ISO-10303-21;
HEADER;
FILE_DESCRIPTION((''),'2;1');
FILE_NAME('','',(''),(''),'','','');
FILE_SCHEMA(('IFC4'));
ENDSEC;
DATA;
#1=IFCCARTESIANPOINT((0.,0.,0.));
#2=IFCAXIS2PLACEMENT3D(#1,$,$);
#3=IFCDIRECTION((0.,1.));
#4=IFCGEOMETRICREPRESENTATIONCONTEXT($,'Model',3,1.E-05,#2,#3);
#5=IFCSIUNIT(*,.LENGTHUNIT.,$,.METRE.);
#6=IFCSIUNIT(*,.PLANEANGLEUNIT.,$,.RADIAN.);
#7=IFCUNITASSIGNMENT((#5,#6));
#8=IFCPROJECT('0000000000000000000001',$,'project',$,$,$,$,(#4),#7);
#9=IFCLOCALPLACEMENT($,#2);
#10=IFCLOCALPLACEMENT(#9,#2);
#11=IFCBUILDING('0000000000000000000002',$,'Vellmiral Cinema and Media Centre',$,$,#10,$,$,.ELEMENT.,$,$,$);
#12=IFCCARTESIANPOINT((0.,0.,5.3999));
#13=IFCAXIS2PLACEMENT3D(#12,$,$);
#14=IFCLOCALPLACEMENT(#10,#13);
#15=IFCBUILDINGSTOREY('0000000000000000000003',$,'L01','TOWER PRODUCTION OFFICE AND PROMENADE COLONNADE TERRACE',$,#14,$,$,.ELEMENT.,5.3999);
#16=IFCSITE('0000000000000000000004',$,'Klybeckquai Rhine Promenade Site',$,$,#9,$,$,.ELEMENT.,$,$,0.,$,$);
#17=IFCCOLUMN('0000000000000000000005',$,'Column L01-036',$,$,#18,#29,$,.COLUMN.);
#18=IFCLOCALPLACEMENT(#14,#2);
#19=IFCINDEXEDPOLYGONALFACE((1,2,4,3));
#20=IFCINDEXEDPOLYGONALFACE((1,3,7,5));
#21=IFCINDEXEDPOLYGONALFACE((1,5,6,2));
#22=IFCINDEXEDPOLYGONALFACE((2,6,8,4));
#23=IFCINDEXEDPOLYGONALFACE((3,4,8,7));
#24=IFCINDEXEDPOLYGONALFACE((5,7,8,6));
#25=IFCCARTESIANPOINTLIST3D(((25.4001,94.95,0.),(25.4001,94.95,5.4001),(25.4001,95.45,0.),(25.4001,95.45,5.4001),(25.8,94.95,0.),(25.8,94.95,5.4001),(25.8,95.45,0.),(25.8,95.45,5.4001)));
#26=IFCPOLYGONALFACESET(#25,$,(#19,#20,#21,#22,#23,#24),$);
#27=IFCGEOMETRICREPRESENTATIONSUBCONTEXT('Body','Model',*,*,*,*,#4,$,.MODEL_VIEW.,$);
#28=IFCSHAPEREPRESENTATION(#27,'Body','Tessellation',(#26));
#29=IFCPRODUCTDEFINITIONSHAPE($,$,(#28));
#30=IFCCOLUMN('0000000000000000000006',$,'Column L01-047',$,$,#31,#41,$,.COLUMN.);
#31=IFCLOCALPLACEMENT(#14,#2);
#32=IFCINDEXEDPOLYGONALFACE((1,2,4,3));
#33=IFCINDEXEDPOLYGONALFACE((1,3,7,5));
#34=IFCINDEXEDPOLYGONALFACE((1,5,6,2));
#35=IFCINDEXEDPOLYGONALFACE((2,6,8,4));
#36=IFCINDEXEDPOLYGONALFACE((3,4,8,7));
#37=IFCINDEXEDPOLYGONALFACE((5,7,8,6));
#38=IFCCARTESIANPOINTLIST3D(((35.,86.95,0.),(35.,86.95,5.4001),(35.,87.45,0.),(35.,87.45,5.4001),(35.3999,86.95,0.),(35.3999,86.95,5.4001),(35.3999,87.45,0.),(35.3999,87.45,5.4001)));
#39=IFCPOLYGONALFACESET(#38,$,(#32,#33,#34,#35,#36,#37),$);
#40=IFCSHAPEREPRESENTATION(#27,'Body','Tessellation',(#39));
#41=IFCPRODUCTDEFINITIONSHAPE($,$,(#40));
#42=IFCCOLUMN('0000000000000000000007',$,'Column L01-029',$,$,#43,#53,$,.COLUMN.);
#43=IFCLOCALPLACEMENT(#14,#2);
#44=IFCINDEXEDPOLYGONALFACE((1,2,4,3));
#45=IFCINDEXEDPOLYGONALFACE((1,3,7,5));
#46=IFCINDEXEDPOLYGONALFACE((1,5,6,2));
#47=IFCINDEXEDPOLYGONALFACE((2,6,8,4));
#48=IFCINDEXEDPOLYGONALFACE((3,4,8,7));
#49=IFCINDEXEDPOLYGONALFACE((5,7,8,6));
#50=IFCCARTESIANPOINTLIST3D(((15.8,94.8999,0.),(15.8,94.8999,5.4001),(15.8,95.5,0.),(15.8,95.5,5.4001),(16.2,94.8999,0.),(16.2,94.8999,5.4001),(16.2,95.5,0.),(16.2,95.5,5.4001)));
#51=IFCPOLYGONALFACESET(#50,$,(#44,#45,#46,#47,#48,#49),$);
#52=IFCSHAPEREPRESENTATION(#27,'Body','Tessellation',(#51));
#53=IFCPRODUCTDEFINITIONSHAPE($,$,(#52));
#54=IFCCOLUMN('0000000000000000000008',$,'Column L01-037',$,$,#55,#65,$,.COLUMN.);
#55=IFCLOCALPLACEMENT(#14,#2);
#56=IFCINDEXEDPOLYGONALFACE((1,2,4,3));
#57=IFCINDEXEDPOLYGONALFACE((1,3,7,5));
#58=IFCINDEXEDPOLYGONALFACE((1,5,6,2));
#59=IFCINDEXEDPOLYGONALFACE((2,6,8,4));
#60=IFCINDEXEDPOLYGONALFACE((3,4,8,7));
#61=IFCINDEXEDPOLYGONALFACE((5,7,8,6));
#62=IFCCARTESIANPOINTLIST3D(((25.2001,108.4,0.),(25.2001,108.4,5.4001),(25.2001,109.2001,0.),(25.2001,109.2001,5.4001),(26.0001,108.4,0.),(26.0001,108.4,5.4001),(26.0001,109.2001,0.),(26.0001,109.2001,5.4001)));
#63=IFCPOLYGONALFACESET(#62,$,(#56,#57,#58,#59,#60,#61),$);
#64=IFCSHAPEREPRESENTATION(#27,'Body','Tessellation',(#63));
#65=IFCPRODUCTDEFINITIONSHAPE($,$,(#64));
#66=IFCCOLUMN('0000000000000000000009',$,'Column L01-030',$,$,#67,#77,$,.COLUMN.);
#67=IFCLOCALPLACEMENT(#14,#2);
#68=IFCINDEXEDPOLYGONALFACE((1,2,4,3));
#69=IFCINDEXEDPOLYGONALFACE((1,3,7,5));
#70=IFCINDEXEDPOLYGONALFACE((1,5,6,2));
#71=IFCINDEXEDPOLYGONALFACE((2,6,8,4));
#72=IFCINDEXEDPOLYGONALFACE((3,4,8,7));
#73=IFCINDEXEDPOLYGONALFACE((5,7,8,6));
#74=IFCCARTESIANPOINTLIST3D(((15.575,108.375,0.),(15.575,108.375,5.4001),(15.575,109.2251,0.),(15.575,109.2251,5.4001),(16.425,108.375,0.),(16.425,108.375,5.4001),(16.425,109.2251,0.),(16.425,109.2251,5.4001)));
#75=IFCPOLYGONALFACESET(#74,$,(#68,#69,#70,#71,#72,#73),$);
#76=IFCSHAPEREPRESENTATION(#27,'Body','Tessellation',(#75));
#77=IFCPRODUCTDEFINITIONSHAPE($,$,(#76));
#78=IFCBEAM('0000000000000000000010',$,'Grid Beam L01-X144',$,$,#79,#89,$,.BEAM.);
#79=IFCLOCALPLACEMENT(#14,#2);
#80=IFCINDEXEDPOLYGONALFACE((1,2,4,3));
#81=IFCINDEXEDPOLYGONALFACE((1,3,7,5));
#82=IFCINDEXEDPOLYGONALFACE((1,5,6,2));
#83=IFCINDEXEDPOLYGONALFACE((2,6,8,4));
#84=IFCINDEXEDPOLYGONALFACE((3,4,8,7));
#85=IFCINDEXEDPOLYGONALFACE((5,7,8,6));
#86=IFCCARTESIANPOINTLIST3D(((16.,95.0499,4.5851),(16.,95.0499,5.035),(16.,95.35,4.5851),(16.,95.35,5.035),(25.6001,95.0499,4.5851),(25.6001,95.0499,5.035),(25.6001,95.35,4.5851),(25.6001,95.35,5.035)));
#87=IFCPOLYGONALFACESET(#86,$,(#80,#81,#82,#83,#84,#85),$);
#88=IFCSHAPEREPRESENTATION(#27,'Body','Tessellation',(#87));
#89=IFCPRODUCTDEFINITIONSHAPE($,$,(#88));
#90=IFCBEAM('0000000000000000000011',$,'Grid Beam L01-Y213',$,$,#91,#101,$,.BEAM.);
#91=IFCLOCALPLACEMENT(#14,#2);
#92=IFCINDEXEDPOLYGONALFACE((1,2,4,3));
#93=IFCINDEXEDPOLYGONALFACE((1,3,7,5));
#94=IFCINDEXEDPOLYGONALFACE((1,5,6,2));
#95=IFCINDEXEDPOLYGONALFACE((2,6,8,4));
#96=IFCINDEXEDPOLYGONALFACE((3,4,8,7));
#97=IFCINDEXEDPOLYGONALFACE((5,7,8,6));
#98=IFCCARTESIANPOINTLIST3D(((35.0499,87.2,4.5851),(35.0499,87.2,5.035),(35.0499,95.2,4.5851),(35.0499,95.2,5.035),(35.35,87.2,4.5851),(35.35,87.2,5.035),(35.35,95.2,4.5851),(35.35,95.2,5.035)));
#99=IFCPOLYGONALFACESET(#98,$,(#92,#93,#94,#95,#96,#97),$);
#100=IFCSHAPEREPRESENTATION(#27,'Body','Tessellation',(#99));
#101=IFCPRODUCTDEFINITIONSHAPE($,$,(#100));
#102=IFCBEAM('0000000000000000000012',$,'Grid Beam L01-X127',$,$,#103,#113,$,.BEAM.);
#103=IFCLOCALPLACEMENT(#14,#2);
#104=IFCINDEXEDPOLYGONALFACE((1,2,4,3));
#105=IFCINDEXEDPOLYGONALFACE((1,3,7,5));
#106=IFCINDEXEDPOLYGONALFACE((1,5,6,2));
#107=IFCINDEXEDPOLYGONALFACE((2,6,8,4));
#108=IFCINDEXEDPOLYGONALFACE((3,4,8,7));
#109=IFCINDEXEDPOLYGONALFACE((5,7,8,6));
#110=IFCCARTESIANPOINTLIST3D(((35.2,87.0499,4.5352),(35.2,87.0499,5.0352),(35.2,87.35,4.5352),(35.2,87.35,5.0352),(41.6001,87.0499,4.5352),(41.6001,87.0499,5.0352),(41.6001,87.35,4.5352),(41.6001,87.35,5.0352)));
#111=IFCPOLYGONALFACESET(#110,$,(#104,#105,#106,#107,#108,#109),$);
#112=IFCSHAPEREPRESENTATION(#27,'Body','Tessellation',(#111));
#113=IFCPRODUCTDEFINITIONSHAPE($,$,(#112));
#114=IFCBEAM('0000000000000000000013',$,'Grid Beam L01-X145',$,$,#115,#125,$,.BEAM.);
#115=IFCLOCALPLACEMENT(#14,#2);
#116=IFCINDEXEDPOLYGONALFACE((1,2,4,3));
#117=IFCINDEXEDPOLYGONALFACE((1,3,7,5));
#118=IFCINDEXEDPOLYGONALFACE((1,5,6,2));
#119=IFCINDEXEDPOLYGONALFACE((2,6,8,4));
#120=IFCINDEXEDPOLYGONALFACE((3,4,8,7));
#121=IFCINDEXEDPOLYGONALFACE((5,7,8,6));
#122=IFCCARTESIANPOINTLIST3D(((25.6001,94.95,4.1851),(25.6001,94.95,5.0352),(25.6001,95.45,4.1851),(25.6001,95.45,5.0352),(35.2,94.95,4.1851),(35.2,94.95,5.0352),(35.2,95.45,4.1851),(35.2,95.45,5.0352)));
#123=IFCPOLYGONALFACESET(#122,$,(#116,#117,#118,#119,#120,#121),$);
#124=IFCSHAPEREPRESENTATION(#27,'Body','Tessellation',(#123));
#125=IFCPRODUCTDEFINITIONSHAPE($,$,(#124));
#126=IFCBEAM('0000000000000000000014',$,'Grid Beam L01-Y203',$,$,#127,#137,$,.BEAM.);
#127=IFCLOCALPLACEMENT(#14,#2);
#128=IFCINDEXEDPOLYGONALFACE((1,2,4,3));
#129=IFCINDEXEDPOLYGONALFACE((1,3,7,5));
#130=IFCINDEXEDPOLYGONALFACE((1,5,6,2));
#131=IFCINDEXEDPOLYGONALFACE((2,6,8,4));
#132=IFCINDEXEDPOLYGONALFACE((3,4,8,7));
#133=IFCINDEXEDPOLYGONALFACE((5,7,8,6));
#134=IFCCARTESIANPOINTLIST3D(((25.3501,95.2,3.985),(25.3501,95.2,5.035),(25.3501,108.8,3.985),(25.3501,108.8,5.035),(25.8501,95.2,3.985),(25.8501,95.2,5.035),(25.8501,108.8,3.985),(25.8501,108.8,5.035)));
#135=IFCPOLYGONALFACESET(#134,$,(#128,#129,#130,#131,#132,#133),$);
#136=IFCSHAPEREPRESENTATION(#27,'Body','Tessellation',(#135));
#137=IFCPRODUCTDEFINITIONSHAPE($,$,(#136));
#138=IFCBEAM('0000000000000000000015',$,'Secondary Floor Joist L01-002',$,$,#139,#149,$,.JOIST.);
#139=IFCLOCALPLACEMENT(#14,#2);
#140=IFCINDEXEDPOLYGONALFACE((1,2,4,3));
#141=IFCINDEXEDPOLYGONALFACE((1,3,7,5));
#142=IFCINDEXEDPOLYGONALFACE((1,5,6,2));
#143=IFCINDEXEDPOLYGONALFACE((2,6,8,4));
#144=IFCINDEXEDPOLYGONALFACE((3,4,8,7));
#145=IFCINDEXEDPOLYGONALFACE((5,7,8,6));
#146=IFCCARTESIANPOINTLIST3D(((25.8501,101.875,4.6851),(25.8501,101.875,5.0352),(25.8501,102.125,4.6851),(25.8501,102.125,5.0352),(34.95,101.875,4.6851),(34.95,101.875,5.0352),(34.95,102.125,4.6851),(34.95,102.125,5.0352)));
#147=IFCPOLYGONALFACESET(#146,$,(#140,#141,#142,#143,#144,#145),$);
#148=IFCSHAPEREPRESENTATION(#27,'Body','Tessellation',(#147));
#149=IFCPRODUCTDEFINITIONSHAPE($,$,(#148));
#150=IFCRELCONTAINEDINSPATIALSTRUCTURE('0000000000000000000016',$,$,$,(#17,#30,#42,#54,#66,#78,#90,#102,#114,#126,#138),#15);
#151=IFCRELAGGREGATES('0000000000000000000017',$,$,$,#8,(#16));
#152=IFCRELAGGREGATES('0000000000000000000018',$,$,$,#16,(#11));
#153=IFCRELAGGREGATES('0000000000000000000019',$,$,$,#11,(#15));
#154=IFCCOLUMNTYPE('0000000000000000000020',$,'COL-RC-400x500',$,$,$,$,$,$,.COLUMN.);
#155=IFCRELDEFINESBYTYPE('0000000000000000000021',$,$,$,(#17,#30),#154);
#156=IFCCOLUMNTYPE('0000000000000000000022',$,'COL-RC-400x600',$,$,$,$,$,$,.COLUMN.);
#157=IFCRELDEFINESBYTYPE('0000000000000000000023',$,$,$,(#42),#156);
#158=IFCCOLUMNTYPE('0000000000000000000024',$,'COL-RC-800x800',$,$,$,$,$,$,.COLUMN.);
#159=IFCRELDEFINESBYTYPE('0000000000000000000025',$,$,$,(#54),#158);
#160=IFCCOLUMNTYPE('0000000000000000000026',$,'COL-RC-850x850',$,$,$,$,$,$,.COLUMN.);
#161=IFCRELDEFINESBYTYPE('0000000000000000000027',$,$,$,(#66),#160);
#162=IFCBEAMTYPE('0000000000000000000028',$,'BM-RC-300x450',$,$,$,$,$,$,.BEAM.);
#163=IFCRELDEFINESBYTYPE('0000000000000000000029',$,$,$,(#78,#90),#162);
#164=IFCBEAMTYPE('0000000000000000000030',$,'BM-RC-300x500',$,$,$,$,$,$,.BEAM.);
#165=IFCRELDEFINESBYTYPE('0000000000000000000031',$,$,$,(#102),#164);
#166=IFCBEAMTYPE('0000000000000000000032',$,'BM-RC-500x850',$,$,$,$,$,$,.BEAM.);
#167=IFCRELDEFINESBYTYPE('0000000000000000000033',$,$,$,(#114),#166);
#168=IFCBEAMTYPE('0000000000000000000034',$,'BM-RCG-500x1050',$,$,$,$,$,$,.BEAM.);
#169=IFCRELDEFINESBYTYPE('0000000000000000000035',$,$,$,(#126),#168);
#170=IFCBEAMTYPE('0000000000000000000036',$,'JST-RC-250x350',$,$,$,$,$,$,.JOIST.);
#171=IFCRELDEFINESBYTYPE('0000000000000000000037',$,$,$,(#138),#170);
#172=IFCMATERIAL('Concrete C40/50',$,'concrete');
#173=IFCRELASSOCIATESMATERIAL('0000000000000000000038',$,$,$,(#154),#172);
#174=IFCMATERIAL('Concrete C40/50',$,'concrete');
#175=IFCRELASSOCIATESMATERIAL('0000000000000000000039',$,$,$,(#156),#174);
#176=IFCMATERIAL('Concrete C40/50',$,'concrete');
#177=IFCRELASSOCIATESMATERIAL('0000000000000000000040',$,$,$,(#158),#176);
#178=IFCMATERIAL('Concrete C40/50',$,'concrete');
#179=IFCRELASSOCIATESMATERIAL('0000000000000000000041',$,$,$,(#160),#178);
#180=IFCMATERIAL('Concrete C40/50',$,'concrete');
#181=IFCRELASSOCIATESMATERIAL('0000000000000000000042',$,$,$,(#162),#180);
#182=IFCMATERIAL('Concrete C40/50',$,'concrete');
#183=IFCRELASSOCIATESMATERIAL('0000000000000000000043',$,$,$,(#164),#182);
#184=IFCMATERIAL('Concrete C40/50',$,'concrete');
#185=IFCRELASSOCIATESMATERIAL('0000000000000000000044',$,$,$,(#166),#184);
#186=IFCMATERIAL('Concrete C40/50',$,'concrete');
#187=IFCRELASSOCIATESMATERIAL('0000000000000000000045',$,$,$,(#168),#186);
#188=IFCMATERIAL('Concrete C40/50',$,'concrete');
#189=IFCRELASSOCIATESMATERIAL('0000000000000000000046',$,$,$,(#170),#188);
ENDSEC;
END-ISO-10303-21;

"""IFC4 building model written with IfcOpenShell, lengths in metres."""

from ifc_helpers import new_model, si_unit, direction, frame, origin, origin_2d, place, context, subcontext, project, spatial, rectangle, extrude, material, material_profile, profile_set, type_object, element, save


model = new_model("IFC4")

# Units and contexts
model_context = context("Model", 3, precision=1e-05, world=origin(), true_north=direction((0.0, 1.0)))
body_context = subcontext(model_context, "Body", "Model", "MODEL_VIEW")
ifc_project = project(units=[si_unit("LENGTHUNIT", "METRE"), si_unit("PLANEANGLEUNIT", "RADIAN")], contexts=[model_context])

# Site, building, storey
site_placement = place(None, origin())
site = spatial("IfcSite", under=ifc_project, at=site_placement, Name="Klybeckquai Rhine Promenade Site", CompositionType="ELEMENT", RefElevation=0.0)
building_placement = place(site_placement, origin())
building = spatial("IfcBuilding", under=site, at=building_placement, Name="Vellmiral Cinema and Media Centre", CompositionType="ELEMENT")
storey_placement = place(building_placement, frame((0.0, 0.0, 5.3999)))
storey = spatial("IfcBuildingStorey", under=building, at=storey_placement, Name="L01", Description="TOWER PRODUCTION OFFICE AND PROMENADE COLONNADE TERRACE", CompositionType="ELEMENT", Elevation=5.3999)

# Columns
ifc_material_1 = material(Name="Concrete C40/50", Category="concrete")
ifc_material_profile_1 = material_profile(ifc_material_1, rectangle(XDim=0.3999, YDim=0.5, at=origin_2d()), Name="RC 400x500")
ifc_profile_set_1 = profile_set([ifc_material_profile_1], Name="Concrete C40/50")
column_type_1 = type_object("IfcColumnType", Name="COL-RC-400x500", PredefinedType="COLUMN", material=ifc_profile_set_1)
for number, where, z_axis, x_axis, name in (
    (1, (25.6001, 95.2, 0.0), (0.0, 0.0, 1.0), (1.0, 0.0, 0.0), "Column L01-036"),
    (2, (35.2, 87.2, 0.0), (0.0, 0.0, 1.0), (1.0, 0.0, 0.0), "Column L01-047"),
):
    element("IfcColumn", number, at=place(storey_placement, frame(where, z_axis=z_axis, x_axis=x_axis)), inside=storey, type_object=column_type_1, Name=name, PredefinedType="COLUMN", context=body_context, shape_type="SweptSolid", body=[
        extrude(rectangle(XDim=0.3999, YDim=0.5, at=origin_2d()), origin(), (0.0, 0.0, 1.0), 5.4001),
    ])
ifc_material_2 = material(Name="Concrete C40/50", Category="concrete")
ifc_material_profile_2 = material_profile(ifc_material_2, rectangle(XDim=0.3999, YDim=0.6001, at=origin_2d()), Name="RC 400x600")
ifc_profile_set_2 = profile_set([ifc_material_profile_2], Name="Concrete C40/50")
column_type_2 = type_object("IfcColumnType", Name="COL-RC-400x600", PredefinedType="COLUMN", material=ifc_profile_set_2)
column_1_placement = place(storey_placement, frame((16.0, 95.2, 0.0), z_axis=(0.0, 0.0, 1.0), x_axis=(1.0, 0.0, 0.0)))
element("IfcColumn", 3, at=column_1_placement, inside=storey, type_object=column_type_2, Name="Column L01-029", PredefinedType="COLUMN", context=body_context, shape_type="SweptSolid", body=[
    extrude(rectangle(XDim=0.3999, YDim=0.6001, at=origin_2d()), origin(), (0.0, 0.0, 1.0), 5.4001),
])
ifc_material_3 = material(Name="Concrete C40/50", Category="concrete")
ifc_material_profile_3 = material_profile(ifc_material_3, rectangle(XDim=0.8, YDim=0.8, at=origin_2d()), Name="RC 800x800")
ifc_profile_set_3 = profile_set([ifc_material_profile_3], Name="Concrete C40/50")
column_type_3 = type_object("IfcColumnType", Name="COL-RC-800x800", PredefinedType="COLUMN", material=ifc_profile_set_3)
column_2_placement = place(storey_placement, frame((25.6001, 108.8, 0.0), z_axis=(0.0, 0.0, 1.0), x_axis=(1.0, 0.0, 0.0)))
element("IfcColumn", 4, at=column_2_placement, inside=storey, type_object=column_type_3, Name="Column L01-037", PredefinedType="COLUMN", context=body_context, shape_type="SweptSolid", body=[
    extrude(rectangle(XDim=0.8, YDim=0.8, at=origin_2d()), origin(), (0.0, 0.0, 1.0), 5.4001),
])
ifc_material_4 = material(Name="Concrete C40/50", Category="concrete")
ifc_material_profile_4 = material_profile(ifc_material_4, rectangle(XDim=0.8501, YDim=0.8501, at=origin_2d()), Name="RC 850x850")
ifc_profile_set_4 = profile_set([ifc_material_profile_4], Name="Concrete C40/50")
column_type_4 = type_object("IfcColumnType", Name="COL-RC-850x850", PredefinedType="COLUMN", material=ifc_profile_set_4)
column_3_placement = place(storey_placement, frame((16.0, 108.8, 0.0), z_axis=(0.0, 0.0, 1.0), x_axis=(1.0, 0.0, 0.0)))
element("IfcColumn", 5, at=column_3_placement, inside=storey, type_object=column_type_4, Name="Column L01-030", PredefinedType="COLUMN", context=body_context, shape_type="SweptSolid", body=[
    extrude(rectangle(XDim=0.8501, YDim=0.8501, at=origin_2d()), origin(), (0.0, 0.0, 1.0), 5.4001),
])

# Beams
ifc_material_5 = material(Name="Concrete C40/50", Category="concrete")
ifc_material_profile_5 = material_profile(ifc_material_5, rectangle(XDim=0.3, YDim=0.45, at=origin_2d()), Name="RC 300x450")
ifc_profile_set_5 = profile_set([ifc_material_profile_5], Name="Concrete C40/50")
beam_type_1 = type_object("IfcBeamType", Name="BM-RC-300x450", PredefinedType="BEAM", material=ifc_profile_set_5)
beam_1_placement = place(storey_placement, frame((16.0, 95.2, 4.8101), z_axis=(1.0, 0.0, 0.0), x_axis=(0.0, 1.0, 0.0)))
element("IfcBeam", 6, at=beam_1_placement, inside=storey, type_object=beam_type_1, Name="Grid Beam L01-X144", PredefinedType="BEAM", context=body_context, shape_type="SweptSolid", body=[
    extrude(rectangle(XDim=0.3, YDim=0.45, at=origin_2d()), origin(), (0.0, 0.0, 1.0), 9.6001),
])
beam_2_placement = place(storey_placement, frame((35.2, 87.2, 4.8101), z_axis=(0.0, 1.0, 0.0), x_axis=(-1.0, 0.0, 0.0)))
element("IfcBeam", 7, at=beam_2_placement, inside=storey, type_object=beam_type_1, Name="Grid Beam L01-Y213", PredefinedType="BEAM", context=body_context, shape_type="SweptSolid", body=[
    extrude(rectangle(XDim=0.3, YDim=0.45, at=origin_2d()), origin(), (0.0, 0.0, 1.0), 8.0),
])
ifc_material_6 = material(Name="Concrete C40/50", Category="concrete")
ifc_material_profile_6 = material_profile(ifc_material_6, rectangle(XDim=0.3, YDim=0.5, at=origin_2d()), Name="RC 300x500")
ifc_profile_set_6 = profile_set([ifc_material_profile_6], Name="Concrete C40/50")
beam_type_2 = type_object("IfcBeamType", Name="BM-RC-300x500", PredefinedType="BEAM", material=ifc_profile_set_6)
beam_3_placement = place(storey_placement, frame((35.2, 87.2, 4.7852), z_axis=(1.0, 0.0, 0.0), x_axis=(0.0, 1.0, 0.0)))
element("IfcBeam", 8, at=beam_3_placement, inside=storey, type_object=beam_type_2, Name="Grid Beam L01-X127", PredefinedType="BEAM", context=body_context, shape_type="SweptSolid", body=[
    extrude(rectangle(XDim=0.3, YDim=0.5, at=origin_2d()), origin(), (0.0, 0.0, 1.0), 6.4001),
])
ifc_material_7 = material(Name="Concrete C40/50", Category="concrete")
ifc_material_profile_7 = material_profile(ifc_material_7, rectangle(XDim=0.5, YDim=0.8501, at=origin_2d()), Name="RC 500x850")
ifc_profile_set_7 = profile_set([ifc_material_profile_7], Name="Concrete C40/50")
beam_type_3 = type_object("IfcBeamType", Name="BM-RC-500x850", PredefinedType="BEAM", material=ifc_profile_set_7)
beam_4_placement = place(storey_placement, frame((25.6001, 95.2, 4.6101), z_axis=(1.0, 0.0, 0.0), x_axis=(0.0, 1.0, 0.0)))
element("IfcBeam", 9, at=beam_4_placement, inside=storey, type_object=beam_type_3, Name="Grid Beam L01-X145", PredefinedType="BEAM", context=body_context, shape_type="SweptSolid", body=[
    extrude(rectangle(XDim=0.5, YDim=0.8501, at=origin_2d()), origin(), (0.0, 0.0, 1.0), 9.5999),
])
ifc_material_8 = material(Name="Concrete C40/50", Category="concrete")
ifc_material_profile_8 = material_profile(ifc_material_8, rectangle(XDim=0.5, YDim=1.05, at=origin_2d()), Name="RC 500x1050")
ifc_profile_set_8 = profile_set([ifc_material_profile_8], Name="Concrete C40/50")
beam_type_4 = type_object("IfcBeamType", Name="BM-RCG-500x1050", PredefinedType="BEAM", material=ifc_profile_set_8)
beam_5_placement = place(storey_placement, frame((25.6001, 95.2, 4.51), z_axis=(0.0, 1.0, 0.0), x_axis=(-1.0, 0.0, 0.0)))
element("IfcBeam", 10, at=beam_5_placement, inside=storey, type_object=beam_type_4, Name="Grid Beam L01-Y203", PredefinedType="BEAM", context=body_context, shape_type="SweptSolid", body=[
    extrude(rectangle(XDim=0.5, YDim=1.05, at=origin_2d()), origin(), (0.0, 0.0, 1.0), 13.6001),
])
ifc_material_9 = material(Name="Concrete C40/50", Category="concrete")
ifc_material_profile_9 = material_profile(ifc_material_9, rectangle(XDim=0.25, YDim=0.3501, at=origin_2d()), Name="RC 250x350")
ifc_profile_set_9 = profile_set([ifc_material_profile_9], Name="Concrete C40/50")
beam_type_5 = type_object("IfcBeamType", Name="JST-RC-250x350", PredefinedType="JOIST", material=ifc_profile_set_9)
beam_6_placement = place(storey_placement, frame((25.8501, 102.0, 4.8601), z_axis=(1.0, 0.0, 0.0), x_axis=(0.0, 1.0, 0.0)))
element("IfcBeam", 11, at=beam_6_placement, inside=storey, type_object=beam_type_5, Name="Secondary Floor Joist L01-002", PredefinedType="JOIST", context=body_context, shape_type="SweptSolid", body=[
    extrude(rectangle(XDim=0.25, YDim=0.3501, at=origin_2d()), origin(), (0.0, 0.0, 1.0), 9.0999),
])

save(model, "model.ifc")
